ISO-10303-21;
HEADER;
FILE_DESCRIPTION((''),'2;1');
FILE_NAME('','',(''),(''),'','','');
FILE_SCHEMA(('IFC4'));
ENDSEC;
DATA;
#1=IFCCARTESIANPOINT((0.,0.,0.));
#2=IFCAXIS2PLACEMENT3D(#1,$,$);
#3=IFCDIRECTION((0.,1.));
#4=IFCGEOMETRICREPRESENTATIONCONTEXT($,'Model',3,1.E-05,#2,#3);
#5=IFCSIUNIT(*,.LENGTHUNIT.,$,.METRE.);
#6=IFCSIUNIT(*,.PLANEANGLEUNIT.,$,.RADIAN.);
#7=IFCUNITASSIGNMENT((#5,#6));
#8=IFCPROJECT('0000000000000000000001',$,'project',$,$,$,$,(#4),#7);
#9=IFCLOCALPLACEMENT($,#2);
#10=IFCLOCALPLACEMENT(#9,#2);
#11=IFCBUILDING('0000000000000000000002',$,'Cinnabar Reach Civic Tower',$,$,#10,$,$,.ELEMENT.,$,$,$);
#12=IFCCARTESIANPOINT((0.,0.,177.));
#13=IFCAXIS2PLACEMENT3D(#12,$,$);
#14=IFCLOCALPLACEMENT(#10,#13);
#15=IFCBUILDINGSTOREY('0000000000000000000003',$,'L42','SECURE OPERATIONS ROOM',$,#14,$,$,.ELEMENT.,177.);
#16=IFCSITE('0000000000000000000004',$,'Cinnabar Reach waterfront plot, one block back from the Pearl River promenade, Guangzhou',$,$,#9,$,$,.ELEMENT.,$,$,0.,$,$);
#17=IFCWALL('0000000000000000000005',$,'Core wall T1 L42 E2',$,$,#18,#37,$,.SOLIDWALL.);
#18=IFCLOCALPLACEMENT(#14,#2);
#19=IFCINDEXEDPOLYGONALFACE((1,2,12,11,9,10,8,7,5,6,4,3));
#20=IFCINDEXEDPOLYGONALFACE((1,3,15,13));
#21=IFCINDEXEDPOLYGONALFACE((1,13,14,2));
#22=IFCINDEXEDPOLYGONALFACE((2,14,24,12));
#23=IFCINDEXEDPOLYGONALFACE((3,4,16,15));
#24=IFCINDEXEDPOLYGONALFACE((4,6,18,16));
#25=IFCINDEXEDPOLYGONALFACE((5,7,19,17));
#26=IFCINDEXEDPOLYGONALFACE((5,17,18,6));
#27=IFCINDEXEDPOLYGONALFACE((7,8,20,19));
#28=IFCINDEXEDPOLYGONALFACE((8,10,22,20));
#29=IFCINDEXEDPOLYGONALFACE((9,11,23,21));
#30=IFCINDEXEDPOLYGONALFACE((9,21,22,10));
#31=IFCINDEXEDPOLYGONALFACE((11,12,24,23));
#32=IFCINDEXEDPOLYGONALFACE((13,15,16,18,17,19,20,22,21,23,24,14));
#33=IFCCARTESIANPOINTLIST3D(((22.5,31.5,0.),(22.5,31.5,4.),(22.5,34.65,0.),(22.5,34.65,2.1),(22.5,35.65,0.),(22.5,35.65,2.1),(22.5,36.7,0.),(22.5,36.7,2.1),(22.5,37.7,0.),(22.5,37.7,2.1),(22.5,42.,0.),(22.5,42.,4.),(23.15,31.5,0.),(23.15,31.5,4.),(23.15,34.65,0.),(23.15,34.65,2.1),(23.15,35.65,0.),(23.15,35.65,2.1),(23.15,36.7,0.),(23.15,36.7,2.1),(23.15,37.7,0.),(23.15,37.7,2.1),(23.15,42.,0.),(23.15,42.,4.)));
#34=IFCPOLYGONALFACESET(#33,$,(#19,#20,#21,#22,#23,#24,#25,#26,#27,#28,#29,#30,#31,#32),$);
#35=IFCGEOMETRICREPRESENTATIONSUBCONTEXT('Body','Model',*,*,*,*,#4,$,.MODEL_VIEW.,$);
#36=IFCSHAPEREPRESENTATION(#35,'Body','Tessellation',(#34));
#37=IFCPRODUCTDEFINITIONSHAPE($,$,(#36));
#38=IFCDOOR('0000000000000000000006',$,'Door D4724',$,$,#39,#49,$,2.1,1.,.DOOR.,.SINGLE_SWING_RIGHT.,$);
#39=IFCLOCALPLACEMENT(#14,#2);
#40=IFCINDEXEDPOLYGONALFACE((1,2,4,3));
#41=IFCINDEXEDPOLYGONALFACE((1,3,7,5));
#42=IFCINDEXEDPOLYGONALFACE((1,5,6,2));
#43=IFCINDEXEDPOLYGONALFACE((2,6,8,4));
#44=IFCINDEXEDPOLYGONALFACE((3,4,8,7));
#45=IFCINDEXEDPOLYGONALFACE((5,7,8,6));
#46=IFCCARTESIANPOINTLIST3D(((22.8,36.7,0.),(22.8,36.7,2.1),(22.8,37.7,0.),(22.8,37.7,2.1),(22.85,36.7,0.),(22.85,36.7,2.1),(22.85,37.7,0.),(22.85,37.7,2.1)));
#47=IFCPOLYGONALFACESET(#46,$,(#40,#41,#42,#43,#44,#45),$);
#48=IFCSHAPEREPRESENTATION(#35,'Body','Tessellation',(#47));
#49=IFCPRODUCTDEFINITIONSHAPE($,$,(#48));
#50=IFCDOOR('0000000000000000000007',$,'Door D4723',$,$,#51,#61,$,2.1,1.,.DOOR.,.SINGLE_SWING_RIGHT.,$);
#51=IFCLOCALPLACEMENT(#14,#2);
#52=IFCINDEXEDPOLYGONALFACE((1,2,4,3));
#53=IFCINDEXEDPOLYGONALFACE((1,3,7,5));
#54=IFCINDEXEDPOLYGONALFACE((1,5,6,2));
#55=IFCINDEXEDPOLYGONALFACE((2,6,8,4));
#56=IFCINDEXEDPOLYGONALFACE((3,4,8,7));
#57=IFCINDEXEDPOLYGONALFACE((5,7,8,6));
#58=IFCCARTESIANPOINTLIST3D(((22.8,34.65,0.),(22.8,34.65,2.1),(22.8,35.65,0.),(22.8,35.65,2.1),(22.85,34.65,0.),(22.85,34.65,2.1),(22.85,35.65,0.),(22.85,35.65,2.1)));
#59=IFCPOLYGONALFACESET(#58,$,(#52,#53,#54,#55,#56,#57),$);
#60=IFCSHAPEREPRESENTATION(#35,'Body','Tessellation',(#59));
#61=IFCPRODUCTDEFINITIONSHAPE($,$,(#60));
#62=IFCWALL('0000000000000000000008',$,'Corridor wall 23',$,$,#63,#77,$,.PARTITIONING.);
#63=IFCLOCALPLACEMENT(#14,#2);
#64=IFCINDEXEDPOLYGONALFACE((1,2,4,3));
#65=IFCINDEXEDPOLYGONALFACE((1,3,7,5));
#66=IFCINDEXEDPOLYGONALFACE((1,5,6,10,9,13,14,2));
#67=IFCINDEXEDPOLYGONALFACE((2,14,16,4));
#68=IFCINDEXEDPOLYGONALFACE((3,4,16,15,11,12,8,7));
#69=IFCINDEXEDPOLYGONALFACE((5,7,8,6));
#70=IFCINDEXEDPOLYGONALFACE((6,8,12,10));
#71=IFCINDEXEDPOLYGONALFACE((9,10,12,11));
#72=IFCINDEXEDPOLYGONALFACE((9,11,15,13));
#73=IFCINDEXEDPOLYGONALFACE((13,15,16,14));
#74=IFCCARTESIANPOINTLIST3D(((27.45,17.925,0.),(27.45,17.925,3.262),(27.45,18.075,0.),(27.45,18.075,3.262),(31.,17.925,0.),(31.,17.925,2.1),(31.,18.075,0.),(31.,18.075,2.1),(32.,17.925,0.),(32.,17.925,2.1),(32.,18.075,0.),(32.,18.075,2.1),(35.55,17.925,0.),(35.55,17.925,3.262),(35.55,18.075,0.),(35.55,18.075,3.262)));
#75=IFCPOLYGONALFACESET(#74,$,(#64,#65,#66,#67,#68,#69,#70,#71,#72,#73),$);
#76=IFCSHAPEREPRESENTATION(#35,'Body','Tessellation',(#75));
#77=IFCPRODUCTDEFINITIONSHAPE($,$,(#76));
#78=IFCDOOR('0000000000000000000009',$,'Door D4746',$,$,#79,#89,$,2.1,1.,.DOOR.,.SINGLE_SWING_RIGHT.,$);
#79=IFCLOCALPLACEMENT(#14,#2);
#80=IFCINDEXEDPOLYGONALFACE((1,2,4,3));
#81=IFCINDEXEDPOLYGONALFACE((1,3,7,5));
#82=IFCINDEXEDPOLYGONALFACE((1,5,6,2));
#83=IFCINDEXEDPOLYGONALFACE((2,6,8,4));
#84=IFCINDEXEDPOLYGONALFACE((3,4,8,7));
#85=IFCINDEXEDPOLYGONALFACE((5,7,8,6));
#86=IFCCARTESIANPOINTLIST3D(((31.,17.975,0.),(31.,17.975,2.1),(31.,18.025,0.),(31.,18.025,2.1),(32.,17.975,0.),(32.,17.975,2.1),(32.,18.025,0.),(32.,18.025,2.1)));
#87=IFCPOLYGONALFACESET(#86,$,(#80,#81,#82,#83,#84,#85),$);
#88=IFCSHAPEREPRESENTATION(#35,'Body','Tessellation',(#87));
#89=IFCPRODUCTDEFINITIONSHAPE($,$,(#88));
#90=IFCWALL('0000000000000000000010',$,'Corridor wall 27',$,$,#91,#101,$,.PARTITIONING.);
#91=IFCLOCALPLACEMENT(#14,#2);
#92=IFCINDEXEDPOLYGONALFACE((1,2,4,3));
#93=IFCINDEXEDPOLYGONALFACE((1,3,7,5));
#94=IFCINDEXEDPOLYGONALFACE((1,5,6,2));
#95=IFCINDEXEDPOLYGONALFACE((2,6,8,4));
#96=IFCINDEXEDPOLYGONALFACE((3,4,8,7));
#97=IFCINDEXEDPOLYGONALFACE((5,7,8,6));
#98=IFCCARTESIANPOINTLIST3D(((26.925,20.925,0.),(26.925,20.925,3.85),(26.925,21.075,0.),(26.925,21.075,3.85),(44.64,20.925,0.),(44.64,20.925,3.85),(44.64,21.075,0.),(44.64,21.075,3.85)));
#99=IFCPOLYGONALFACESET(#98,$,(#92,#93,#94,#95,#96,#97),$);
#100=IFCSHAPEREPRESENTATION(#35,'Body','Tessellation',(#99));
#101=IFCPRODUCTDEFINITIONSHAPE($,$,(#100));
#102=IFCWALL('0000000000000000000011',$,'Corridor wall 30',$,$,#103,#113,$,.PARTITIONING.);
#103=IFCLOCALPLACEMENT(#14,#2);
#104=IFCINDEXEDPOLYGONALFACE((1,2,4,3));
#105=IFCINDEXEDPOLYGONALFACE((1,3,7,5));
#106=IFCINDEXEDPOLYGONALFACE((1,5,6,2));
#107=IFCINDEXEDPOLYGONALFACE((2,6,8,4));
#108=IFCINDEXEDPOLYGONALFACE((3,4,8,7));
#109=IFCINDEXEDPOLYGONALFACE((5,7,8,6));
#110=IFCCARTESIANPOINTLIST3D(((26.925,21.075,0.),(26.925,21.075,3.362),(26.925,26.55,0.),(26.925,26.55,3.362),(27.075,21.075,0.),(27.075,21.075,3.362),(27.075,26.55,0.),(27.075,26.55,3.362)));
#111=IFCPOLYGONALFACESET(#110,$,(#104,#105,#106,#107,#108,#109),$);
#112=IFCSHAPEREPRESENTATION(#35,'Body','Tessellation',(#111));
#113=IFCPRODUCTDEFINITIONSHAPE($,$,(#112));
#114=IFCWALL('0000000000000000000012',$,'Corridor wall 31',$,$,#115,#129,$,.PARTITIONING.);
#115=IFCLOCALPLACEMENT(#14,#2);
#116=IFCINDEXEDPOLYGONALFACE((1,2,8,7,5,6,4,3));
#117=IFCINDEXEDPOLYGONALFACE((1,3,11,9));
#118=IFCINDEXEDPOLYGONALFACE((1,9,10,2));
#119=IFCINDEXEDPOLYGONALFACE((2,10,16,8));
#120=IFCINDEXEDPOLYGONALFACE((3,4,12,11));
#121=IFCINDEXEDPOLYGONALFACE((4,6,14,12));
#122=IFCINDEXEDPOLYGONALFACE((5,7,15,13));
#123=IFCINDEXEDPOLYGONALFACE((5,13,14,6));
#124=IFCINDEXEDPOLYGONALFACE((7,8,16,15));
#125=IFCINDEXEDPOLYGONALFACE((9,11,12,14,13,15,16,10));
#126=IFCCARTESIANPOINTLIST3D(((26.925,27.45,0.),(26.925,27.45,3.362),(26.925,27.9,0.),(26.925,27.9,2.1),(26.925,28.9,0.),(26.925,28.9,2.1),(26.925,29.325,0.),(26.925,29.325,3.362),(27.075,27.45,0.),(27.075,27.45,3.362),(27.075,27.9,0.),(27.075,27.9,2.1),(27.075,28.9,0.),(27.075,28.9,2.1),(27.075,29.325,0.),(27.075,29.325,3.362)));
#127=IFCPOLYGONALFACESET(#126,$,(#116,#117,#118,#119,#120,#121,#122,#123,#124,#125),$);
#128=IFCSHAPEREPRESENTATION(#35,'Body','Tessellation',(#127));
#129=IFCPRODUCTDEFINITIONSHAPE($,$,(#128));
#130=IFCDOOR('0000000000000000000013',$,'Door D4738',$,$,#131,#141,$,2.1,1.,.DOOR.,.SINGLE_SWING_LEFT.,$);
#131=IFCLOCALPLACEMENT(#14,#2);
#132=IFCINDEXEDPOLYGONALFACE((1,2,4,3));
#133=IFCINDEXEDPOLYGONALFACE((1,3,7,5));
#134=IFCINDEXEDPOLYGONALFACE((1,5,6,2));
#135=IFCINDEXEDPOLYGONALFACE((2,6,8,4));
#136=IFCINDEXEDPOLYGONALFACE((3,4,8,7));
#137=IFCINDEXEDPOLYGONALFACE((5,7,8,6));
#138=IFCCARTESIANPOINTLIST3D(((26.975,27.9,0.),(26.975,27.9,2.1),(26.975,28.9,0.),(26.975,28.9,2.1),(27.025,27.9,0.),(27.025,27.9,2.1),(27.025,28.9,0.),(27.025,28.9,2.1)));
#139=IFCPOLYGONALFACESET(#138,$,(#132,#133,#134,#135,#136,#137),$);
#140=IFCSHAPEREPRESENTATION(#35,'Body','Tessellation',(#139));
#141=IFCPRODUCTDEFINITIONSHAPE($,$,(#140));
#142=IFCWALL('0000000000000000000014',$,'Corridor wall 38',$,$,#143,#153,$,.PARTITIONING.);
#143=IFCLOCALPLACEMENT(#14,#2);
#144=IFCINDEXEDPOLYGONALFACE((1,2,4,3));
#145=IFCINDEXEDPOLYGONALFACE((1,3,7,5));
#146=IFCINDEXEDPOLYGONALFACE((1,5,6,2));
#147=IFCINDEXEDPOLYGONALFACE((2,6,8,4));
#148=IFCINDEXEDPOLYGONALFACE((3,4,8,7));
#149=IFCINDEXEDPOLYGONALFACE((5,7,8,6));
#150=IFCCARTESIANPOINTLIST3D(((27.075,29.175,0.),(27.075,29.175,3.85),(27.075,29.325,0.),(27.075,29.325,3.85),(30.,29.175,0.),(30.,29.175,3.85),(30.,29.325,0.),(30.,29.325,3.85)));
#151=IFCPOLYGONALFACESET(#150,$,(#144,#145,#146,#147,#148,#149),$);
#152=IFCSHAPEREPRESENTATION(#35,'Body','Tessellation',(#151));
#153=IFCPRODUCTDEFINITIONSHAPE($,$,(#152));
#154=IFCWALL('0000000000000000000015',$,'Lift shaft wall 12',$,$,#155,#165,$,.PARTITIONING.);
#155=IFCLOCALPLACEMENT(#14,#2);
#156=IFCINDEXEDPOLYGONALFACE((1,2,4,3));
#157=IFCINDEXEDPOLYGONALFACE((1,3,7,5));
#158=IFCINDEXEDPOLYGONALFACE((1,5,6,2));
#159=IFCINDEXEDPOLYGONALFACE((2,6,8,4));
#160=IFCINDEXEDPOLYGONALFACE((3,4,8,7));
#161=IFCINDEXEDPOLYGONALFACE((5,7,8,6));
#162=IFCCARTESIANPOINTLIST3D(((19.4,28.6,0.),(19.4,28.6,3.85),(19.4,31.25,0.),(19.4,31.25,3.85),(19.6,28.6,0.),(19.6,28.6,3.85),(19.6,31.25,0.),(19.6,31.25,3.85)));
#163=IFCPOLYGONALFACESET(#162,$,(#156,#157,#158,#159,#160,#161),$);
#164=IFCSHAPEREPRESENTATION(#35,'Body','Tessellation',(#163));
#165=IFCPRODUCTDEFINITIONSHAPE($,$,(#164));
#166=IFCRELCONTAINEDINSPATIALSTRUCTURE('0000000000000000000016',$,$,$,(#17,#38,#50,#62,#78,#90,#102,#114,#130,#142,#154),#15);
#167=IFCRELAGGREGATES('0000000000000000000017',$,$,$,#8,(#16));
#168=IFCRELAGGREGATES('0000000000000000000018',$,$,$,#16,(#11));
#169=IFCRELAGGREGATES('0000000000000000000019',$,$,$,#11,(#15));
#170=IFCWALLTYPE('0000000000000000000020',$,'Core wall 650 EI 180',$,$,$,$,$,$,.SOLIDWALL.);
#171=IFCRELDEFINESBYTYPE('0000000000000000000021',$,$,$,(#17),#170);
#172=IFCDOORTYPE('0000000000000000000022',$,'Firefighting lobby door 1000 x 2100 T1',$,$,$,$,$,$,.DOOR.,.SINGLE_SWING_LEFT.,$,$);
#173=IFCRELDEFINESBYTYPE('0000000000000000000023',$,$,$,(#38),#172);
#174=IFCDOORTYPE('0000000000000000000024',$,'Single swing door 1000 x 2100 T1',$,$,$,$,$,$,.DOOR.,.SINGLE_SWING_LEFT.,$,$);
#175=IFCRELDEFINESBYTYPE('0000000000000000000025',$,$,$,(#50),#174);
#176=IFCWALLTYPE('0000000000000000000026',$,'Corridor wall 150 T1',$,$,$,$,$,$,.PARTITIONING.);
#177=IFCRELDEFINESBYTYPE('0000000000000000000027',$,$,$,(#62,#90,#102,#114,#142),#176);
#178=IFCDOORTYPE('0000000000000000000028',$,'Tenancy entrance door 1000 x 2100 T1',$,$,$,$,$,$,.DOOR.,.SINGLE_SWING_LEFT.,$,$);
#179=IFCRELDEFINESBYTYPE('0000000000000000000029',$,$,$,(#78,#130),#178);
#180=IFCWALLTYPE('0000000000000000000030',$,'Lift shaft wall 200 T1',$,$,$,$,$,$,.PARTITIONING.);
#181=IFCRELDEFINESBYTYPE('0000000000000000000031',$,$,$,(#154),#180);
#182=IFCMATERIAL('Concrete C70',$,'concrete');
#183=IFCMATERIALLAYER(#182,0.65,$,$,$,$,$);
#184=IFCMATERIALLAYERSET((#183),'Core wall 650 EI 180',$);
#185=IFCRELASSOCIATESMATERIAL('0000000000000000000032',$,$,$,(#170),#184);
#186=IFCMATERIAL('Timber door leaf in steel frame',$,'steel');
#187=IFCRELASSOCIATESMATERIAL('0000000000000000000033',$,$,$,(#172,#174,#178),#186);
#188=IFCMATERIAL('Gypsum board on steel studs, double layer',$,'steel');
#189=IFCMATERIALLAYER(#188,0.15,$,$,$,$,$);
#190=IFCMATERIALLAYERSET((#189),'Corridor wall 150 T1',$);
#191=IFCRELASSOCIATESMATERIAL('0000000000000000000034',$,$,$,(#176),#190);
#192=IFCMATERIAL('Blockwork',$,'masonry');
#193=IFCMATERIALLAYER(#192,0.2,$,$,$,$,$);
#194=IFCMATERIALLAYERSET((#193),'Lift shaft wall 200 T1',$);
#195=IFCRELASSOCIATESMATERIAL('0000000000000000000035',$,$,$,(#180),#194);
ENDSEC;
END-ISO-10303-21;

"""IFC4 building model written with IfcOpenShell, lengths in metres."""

from ifc_helpers import new_model, si_unit, direction, frame, frame_2d, origin, place, context, subcontext, project, spatial, rectangle, extrude, material, layer, layer_set, type_object, element, fill, save


model = new_model("IFC4")

# Units and contexts
model_context = context("Model", 3, precision=1e-05, world=origin(), true_north=direction((0.0, 1.0)))
body_context = subcontext(model_context, "Body", "Model", "MODEL_VIEW")
ifc_project = project(units=[si_unit("LENGTHUNIT", "METRE"), si_unit("PLANEANGLEUNIT", "RADIAN")], contexts=[model_context])

# Site, building, storey
site_placement = place(None, origin())
site = spatial("IfcSite", under=ifc_project, at=site_placement, Name="Cinnabar Reach waterfront plot, one block back from the Pearl River promenade, Guangzhou", CompositionType="ELEMENT", RefElevation=0.0)
building_placement = place(site_placement, origin())
building = spatial("IfcBuilding", under=site, at=building_placement, Name="Cinnabar Reach Civic Tower", CompositionType="ELEMENT")
storey_placement = place(building_placement, frame((0.0, 0.0, 177.0)))
storey = spatial("IfcBuildingStorey", under=building, at=storey_placement, Name="L42", Description="SECURE OPERATIONS ROOM", CompositionType="ELEMENT", Elevation=177.0)

# Shared definitions
ifc_material_1 = material(Name="Concrete C70", Category="concrete")

# Shared definitions
ifc_layer_1 = layer(ifc_material_1, 0.65)
ifc_layer_set_1 = layer_set([ifc_layer_1], Name="Core wall 650 EI 180")
wall_type_1 = type_object("IfcWallType", Name="Core wall 650 EI 180", PredefinedType="SOLIDWALL", material=ifc_layer_set_1)
ifc_material_2 = material(Name="Timber door leaf in steel frame", Category="steel")

# Wall, openings, doors
wall_1_placement = place(storey_placement, frame((22.825, 31.5, 0.0), z_axis=(0.0, 0.0, 1.0), x_axis=(0.0, 1.0, 0.0)))
wall_1 = element("IfcWall", 1, at=wall_1_placement, inside=storey, type_object=wall_type_1, Name="Core wall T1 L42 E2", PredefinedType="SOLIDWALL", context=body_context, shape_type="SweptSolid", body=[
    extrude(rectangle(XDim=10.5, YDim=0.65, at=frame_2d((5.25, 0.0))), origin(), (0.0, 0.0, 1.0), 4.0),
])
opening_1_placement = place(wall_1_placement, frame((3.15, 0.0, 0.0)))
opening_1 = element("IfcOpeningElement", 2, at=opening_1_placement, cuts=wall_1, PredefinedType="OPENING", context=body_context, shape_type="SweptSolid", body=[
    extrude(rectangle(XDim=1.0, YDim=2.1, at=frame_2d((0.5, 1.05))), frame((0.0, 0.335, 0.0), z_axis=(0.0, -1.0, 0.0), x_axis=(1.0, 0.0, 0.0)), (0.0, 0.0, 1.0), 0.67),
])
opening_2_placement = place(wall_1_placement, frame((5.2, 0.0, 0.0)))
opening_2 = element("IfcOpeningElement", 3, at=opening_2_placement, cuts=wall_1, PredefinedType="OPENING", context=body_context, shape_type="SweptSolid", body=[
    extrude(rectangle(XDim=1.0, YDim=2.1, at=frame_2d((0.5, 1.05))), frame((0.0, 0.335, 0.0), z_axis=(0.0, -1.0, 0.0), x_axis=(1.0, 0.0, 0.0)), (0.0, 0.0, 1.0), 0.67),
])
door_type_1 = type_object("IfcDoorType", Name="Firefighting lobby door 1000 x 2100 T1", OperationType="SINGLE_SWING_LEFT", PredefinedType="DOOR", material=ifc_material_2)
door_1_placement = place(opening_2_placement, origin())
door_1 = element("IfcDoor", 4, at=door_1_placement, inside=storey, type_object=door_type_1, Name="Door D4724", OperationType="SINGLE_SWING_RIGHT", OverallHeight=2.1, OverallWidth=1.0, PredefinedType="DOOR", context=body_context, shape_type="SweptSolid", body=[
    extrude(rectangle(XDim=1.0, YDim=2.1, at=frame_2d((0.5, 1.05))), frame((0.0, 0.025, 0.0), z_axis=(0.0, -1.0, 0.0), x_axis=(1.0, 0.0, 0.0)), (0.0, 0.0, 1.0), 0.05),
])
fill(opening_2, door_1)
door_type_2 = type_object("IfcDoorType", Name="Single swing door 1000 x 2100 T1", OperationType="SINGLE_SWING_LEFT", PredefinedType="DOOR", material=ifc_material_2)
door_2_placement = place(opening_1_placement, origin())
door_2 = element("IfcDoor", 5, at=door_2_placement, inside=storey, type_object=door_type_2, Name="Door D4723", OperationType="SINGLE_SWING_RIGHT", OverallHeight=2.1, OverallWidth=1.0, PredefinedType="DOOR", context=body_context, shape_type="SweptSolid", body=[
    extrude(rectangle(XDim=1.0, YDim=2.1, at=frame_2d((0.5, 1.05))), frame((0.0, 0.025, 0.0), z_axis=(0.0, -1.0, 0.0), x_axis=(1.0, 0.0, 0.0)), (0.0, 0.0, 1.0), 0.05),
])
fill(opening_1, door_2)

# Wall, opening, door
ifc_material_3 = material(Name="Gypsum board on steel studs, double layer", Category="steel")
ifc_layer_2 = layer(ifc_material_3, 0.15)
ifc_layer_set_2 = layer_set([ifc_layer_2], Name="Corridor wall 150 T1")
wall_type_2 = type_object("IfcWallType", Name="Corridor wall 150 T1", PredefinedType="PARTITIONING", material=ifc_layer_set_2)
wall_2_placement = place(storey_placement, frame((27.45, 18.0, 0.0), z_axis=(0.0, 0.0, 1.0), x_axis=(1.0, 0.0, 0.0)))
wall_2 = element("IfcWall", 6, at=wall_2_placement, inside=storey, type_object=wall_type_2, Name="Corridor wall 23", PredefinedType="PARTITIONING", context=body_context, shape_type="SweptSolid", body=[
    extrude(rectangle(XDim=8.1, YDim=0.15, at=frame_2d((4.05, 0.0))), origin(), (0.0, 0.0, 1.0), 3.262),
])
opening_3_placement = place(wall_2_placement, frame((3.55, 0.0, 0.0)))
opening_3 = element("IfcOpeningElement", 7, at=opening_3_placement, cuts=wall_2, PredefinedType="OPENING", context=body_context, shape_type="SweptSolid", body=[
    extrude(rectangle(XDim=1.0, YDim=2.1, at=frame_2d((0.5, 1.05))), frame((0.0, 0.085, 0.0), z_axis=(0.0, -1.0, 0.0), x_axis=(1.0, 0.0, 0.0)), (0.0, 0.0, 1.0), 0.17),
])
door_type_3 = type_object("IfcDoorType", Name="Tenancy entrance door 1000 x 2100 T1", OperationType="SINGLE_SWING_LEFT", PredefinedType="DOOR", material=ifc_material_2)
door_3_placement = place(opening_3_placement, frame((1.0, 0.0, 0.0), z_axis=(0.0, 0.0, 1.0), x_axis=(-1.0, 0.0, 0.0)))
door_3 = element("IfcDoor", 8, at=door_3_placement, inside=storey, type_object=door_type_3, Name="Door D4746", OperationType="SINGLE_SWING_RIGHT", OverallHeight=2.1, OverallWidth=1.0, PredefinedType="DOOR", context=body_context, shape_type="SweptSolid", body=[
    extrude(rectangle(XDim=1.0, YDim=2.1, at=frame_2d((0.5, 1.05))), frame((0.0, 0.025, 0.0), z_axis=(0.0, -1.0, 0.0), x_axis=(1.0, 0.0, 0.0)), (0.0, 0.0, 1.0), 0.05),
])
fill(opening_3, door_3)

# Walls
wall_3_placement = place(storey_placement, frame((26.925, 21.0, 0.0), z_axis=(0.0, 0.0, 1.0), x_axis=(1.0, 0.0, 0.0)))
element("IfcWall", 9, at=wall_3_placement, inside=storey, type_object=wall_type_2, Name="Corridor wall 27", PredefinedType="PARTITIONING", context=body_context, shape_type="SweptSolid", body=[
    extrude(rectangle(XDim=17.715, YDim=0.15, at=frame_2d((8.8575, 0.0))), origin(), (0.0, 0.0, 1.0), 3.85),
])
wall_4_placement = place(storey_placement, frame((27.0, 21.075, 0.0), z_axis=(0.0, 0.0, 1.0), x_axis=(0.0, 1.0, 0.0)))
element("IfcWall", 10, at=wall_4_placement, inside=storey, type_object=wall_type_2, Name="Corridor wall 30", PredefinedType="PARTITIONING", context=body_context, shape_type="SweptSolid", body=[
    extrude(rectangle(XDim=5.475, YDim=0.15, at=frame_2d((2.7375, 0.0))), origin(), (0.0, 0.0, 1.0), 3.362),
])

# Wall, opening, door
wall_5_placement = place(storey_placement, frame((27.0, 27.45, 0.0), z_axis=(0.0, 0.0, 1.0), x_axis=(0.0, 1.0, 0.0)))
wall_5 = element("IfcWall", 11, at=wall_5_placement, inside=storey, type_object=wall_type_2, Name="Corridor wall 31", PredefinedType="PARTITIONING", context=body_context, shape_type="SweptSolid", body=[
    extrude(rectangle(XDim=1.875, YDim=0.15, at=frame_2d((0.9375, 0.0))), origin(), (0.0, 0.0, 1.0), 3.362),
])
opening_4_placement = place(wall_5_placement, frame((0.45, 0.0, 0.0)))
opening_4 = element("IfcOpeningElement", 12, at=opening_4_placement, cuts=wall_5, PredefinedType="OPENING", context=body_context, shape_type="SweptSolid", body=[
    extrude(rectangle(XDim=1.0, YDim=2.1, at=frame_2d((0.5, 1.05))), frame((0.0, 0.085, 0.0), z_axis=(0.0, -1.0, 0.0), x_axis=(1.0, 0.0, 0.0)), (0.0, 0.0, 1.0), 0.17),
])
door_4_placement = place(opening_4_placement, frame((1.0, 0.0, 0.0), z_axis=(0.0, 0.0, 1.0), x_axis=(-1.0, 0.0, 0.0)))
door_4 = element("IfcDoor", 13, at=door_4_placement, inside=storey, type_object=door_type_3, Name="Door D4738", OperationType="SINGLE_SWING_LEFT", OverallHeight=2.1, OverallWidth=1.0, PredefinedType="DOOR", context=body_context, shape_type="SweptSolid", body=[
    extrude(rectangle(XDim=1.0, YDim=2.1, at=frame_2d((0.5, 1.05))), frame((0.0, 0.025, 0.0), z_axis=(0.0, -1.0, 0.0), x_axis=(1.0, 0.0, 0.0)), (0.0, 0.0, 1.0), 0.05),
])
fill(opening_4, door_4)

# Walls
wall_6_placement = place(storey_placement, frame((27.075, 29.25, 0.0), z_axis=(0.0, 0.0, 1.0), x_axis=(1.0, 0.0, 0.0)))
element("IfcWall", 14, at=wall_6_placement, inside=storey, type_object=wall_type_2, Name="Corridor wall 38", PredefinedType="PARTITIONING", context=body_context, shape_type="SweptSolid", body=[
    extrude(rectangle(XDim=2.925, YDim=0.15, at=frame_2d((1.4625, 0.0))), origin(), (0.0, 0.0, 1.0), 3.85),
])
ifc_material_4 = material(Name="Blockwork", Category="masonry")
ifc_layer_3 = layer(ifc_material_4, 0.2)
ifc_layer_set_3 = layer_set([ifc_layer_3], Name="Lift shaft wall 200 T1")
wall_type_3 = type_object("IfcWallType", Name="Lift shaft wall 200 T1", PredefinedType="PARTITIONING", material=ifc_layer_set_3)
wall_7_placement = place(storey_placement, frame((19.5, 28.6, 0.0), z_axis=(0.0, 0.0, 1.0), x_axis=(0.0, 1.0, 0.0)))
element("IfcWall", 15, at=wall_7_placement, inside=storey, type_object=wall_type_3, Name="Lift shaft wall 12", PredefinedType="PARTITIONING", context=body_context, shape_type="SweptSolid", body=[
    extrude(rectangle(XDim=2.65, YDim=0.2, at=frame_2d((1.325, 0.0))), origin(), (0.0, 0.0, 1.0), 3.85),
])

save(model, "model.ifc")
